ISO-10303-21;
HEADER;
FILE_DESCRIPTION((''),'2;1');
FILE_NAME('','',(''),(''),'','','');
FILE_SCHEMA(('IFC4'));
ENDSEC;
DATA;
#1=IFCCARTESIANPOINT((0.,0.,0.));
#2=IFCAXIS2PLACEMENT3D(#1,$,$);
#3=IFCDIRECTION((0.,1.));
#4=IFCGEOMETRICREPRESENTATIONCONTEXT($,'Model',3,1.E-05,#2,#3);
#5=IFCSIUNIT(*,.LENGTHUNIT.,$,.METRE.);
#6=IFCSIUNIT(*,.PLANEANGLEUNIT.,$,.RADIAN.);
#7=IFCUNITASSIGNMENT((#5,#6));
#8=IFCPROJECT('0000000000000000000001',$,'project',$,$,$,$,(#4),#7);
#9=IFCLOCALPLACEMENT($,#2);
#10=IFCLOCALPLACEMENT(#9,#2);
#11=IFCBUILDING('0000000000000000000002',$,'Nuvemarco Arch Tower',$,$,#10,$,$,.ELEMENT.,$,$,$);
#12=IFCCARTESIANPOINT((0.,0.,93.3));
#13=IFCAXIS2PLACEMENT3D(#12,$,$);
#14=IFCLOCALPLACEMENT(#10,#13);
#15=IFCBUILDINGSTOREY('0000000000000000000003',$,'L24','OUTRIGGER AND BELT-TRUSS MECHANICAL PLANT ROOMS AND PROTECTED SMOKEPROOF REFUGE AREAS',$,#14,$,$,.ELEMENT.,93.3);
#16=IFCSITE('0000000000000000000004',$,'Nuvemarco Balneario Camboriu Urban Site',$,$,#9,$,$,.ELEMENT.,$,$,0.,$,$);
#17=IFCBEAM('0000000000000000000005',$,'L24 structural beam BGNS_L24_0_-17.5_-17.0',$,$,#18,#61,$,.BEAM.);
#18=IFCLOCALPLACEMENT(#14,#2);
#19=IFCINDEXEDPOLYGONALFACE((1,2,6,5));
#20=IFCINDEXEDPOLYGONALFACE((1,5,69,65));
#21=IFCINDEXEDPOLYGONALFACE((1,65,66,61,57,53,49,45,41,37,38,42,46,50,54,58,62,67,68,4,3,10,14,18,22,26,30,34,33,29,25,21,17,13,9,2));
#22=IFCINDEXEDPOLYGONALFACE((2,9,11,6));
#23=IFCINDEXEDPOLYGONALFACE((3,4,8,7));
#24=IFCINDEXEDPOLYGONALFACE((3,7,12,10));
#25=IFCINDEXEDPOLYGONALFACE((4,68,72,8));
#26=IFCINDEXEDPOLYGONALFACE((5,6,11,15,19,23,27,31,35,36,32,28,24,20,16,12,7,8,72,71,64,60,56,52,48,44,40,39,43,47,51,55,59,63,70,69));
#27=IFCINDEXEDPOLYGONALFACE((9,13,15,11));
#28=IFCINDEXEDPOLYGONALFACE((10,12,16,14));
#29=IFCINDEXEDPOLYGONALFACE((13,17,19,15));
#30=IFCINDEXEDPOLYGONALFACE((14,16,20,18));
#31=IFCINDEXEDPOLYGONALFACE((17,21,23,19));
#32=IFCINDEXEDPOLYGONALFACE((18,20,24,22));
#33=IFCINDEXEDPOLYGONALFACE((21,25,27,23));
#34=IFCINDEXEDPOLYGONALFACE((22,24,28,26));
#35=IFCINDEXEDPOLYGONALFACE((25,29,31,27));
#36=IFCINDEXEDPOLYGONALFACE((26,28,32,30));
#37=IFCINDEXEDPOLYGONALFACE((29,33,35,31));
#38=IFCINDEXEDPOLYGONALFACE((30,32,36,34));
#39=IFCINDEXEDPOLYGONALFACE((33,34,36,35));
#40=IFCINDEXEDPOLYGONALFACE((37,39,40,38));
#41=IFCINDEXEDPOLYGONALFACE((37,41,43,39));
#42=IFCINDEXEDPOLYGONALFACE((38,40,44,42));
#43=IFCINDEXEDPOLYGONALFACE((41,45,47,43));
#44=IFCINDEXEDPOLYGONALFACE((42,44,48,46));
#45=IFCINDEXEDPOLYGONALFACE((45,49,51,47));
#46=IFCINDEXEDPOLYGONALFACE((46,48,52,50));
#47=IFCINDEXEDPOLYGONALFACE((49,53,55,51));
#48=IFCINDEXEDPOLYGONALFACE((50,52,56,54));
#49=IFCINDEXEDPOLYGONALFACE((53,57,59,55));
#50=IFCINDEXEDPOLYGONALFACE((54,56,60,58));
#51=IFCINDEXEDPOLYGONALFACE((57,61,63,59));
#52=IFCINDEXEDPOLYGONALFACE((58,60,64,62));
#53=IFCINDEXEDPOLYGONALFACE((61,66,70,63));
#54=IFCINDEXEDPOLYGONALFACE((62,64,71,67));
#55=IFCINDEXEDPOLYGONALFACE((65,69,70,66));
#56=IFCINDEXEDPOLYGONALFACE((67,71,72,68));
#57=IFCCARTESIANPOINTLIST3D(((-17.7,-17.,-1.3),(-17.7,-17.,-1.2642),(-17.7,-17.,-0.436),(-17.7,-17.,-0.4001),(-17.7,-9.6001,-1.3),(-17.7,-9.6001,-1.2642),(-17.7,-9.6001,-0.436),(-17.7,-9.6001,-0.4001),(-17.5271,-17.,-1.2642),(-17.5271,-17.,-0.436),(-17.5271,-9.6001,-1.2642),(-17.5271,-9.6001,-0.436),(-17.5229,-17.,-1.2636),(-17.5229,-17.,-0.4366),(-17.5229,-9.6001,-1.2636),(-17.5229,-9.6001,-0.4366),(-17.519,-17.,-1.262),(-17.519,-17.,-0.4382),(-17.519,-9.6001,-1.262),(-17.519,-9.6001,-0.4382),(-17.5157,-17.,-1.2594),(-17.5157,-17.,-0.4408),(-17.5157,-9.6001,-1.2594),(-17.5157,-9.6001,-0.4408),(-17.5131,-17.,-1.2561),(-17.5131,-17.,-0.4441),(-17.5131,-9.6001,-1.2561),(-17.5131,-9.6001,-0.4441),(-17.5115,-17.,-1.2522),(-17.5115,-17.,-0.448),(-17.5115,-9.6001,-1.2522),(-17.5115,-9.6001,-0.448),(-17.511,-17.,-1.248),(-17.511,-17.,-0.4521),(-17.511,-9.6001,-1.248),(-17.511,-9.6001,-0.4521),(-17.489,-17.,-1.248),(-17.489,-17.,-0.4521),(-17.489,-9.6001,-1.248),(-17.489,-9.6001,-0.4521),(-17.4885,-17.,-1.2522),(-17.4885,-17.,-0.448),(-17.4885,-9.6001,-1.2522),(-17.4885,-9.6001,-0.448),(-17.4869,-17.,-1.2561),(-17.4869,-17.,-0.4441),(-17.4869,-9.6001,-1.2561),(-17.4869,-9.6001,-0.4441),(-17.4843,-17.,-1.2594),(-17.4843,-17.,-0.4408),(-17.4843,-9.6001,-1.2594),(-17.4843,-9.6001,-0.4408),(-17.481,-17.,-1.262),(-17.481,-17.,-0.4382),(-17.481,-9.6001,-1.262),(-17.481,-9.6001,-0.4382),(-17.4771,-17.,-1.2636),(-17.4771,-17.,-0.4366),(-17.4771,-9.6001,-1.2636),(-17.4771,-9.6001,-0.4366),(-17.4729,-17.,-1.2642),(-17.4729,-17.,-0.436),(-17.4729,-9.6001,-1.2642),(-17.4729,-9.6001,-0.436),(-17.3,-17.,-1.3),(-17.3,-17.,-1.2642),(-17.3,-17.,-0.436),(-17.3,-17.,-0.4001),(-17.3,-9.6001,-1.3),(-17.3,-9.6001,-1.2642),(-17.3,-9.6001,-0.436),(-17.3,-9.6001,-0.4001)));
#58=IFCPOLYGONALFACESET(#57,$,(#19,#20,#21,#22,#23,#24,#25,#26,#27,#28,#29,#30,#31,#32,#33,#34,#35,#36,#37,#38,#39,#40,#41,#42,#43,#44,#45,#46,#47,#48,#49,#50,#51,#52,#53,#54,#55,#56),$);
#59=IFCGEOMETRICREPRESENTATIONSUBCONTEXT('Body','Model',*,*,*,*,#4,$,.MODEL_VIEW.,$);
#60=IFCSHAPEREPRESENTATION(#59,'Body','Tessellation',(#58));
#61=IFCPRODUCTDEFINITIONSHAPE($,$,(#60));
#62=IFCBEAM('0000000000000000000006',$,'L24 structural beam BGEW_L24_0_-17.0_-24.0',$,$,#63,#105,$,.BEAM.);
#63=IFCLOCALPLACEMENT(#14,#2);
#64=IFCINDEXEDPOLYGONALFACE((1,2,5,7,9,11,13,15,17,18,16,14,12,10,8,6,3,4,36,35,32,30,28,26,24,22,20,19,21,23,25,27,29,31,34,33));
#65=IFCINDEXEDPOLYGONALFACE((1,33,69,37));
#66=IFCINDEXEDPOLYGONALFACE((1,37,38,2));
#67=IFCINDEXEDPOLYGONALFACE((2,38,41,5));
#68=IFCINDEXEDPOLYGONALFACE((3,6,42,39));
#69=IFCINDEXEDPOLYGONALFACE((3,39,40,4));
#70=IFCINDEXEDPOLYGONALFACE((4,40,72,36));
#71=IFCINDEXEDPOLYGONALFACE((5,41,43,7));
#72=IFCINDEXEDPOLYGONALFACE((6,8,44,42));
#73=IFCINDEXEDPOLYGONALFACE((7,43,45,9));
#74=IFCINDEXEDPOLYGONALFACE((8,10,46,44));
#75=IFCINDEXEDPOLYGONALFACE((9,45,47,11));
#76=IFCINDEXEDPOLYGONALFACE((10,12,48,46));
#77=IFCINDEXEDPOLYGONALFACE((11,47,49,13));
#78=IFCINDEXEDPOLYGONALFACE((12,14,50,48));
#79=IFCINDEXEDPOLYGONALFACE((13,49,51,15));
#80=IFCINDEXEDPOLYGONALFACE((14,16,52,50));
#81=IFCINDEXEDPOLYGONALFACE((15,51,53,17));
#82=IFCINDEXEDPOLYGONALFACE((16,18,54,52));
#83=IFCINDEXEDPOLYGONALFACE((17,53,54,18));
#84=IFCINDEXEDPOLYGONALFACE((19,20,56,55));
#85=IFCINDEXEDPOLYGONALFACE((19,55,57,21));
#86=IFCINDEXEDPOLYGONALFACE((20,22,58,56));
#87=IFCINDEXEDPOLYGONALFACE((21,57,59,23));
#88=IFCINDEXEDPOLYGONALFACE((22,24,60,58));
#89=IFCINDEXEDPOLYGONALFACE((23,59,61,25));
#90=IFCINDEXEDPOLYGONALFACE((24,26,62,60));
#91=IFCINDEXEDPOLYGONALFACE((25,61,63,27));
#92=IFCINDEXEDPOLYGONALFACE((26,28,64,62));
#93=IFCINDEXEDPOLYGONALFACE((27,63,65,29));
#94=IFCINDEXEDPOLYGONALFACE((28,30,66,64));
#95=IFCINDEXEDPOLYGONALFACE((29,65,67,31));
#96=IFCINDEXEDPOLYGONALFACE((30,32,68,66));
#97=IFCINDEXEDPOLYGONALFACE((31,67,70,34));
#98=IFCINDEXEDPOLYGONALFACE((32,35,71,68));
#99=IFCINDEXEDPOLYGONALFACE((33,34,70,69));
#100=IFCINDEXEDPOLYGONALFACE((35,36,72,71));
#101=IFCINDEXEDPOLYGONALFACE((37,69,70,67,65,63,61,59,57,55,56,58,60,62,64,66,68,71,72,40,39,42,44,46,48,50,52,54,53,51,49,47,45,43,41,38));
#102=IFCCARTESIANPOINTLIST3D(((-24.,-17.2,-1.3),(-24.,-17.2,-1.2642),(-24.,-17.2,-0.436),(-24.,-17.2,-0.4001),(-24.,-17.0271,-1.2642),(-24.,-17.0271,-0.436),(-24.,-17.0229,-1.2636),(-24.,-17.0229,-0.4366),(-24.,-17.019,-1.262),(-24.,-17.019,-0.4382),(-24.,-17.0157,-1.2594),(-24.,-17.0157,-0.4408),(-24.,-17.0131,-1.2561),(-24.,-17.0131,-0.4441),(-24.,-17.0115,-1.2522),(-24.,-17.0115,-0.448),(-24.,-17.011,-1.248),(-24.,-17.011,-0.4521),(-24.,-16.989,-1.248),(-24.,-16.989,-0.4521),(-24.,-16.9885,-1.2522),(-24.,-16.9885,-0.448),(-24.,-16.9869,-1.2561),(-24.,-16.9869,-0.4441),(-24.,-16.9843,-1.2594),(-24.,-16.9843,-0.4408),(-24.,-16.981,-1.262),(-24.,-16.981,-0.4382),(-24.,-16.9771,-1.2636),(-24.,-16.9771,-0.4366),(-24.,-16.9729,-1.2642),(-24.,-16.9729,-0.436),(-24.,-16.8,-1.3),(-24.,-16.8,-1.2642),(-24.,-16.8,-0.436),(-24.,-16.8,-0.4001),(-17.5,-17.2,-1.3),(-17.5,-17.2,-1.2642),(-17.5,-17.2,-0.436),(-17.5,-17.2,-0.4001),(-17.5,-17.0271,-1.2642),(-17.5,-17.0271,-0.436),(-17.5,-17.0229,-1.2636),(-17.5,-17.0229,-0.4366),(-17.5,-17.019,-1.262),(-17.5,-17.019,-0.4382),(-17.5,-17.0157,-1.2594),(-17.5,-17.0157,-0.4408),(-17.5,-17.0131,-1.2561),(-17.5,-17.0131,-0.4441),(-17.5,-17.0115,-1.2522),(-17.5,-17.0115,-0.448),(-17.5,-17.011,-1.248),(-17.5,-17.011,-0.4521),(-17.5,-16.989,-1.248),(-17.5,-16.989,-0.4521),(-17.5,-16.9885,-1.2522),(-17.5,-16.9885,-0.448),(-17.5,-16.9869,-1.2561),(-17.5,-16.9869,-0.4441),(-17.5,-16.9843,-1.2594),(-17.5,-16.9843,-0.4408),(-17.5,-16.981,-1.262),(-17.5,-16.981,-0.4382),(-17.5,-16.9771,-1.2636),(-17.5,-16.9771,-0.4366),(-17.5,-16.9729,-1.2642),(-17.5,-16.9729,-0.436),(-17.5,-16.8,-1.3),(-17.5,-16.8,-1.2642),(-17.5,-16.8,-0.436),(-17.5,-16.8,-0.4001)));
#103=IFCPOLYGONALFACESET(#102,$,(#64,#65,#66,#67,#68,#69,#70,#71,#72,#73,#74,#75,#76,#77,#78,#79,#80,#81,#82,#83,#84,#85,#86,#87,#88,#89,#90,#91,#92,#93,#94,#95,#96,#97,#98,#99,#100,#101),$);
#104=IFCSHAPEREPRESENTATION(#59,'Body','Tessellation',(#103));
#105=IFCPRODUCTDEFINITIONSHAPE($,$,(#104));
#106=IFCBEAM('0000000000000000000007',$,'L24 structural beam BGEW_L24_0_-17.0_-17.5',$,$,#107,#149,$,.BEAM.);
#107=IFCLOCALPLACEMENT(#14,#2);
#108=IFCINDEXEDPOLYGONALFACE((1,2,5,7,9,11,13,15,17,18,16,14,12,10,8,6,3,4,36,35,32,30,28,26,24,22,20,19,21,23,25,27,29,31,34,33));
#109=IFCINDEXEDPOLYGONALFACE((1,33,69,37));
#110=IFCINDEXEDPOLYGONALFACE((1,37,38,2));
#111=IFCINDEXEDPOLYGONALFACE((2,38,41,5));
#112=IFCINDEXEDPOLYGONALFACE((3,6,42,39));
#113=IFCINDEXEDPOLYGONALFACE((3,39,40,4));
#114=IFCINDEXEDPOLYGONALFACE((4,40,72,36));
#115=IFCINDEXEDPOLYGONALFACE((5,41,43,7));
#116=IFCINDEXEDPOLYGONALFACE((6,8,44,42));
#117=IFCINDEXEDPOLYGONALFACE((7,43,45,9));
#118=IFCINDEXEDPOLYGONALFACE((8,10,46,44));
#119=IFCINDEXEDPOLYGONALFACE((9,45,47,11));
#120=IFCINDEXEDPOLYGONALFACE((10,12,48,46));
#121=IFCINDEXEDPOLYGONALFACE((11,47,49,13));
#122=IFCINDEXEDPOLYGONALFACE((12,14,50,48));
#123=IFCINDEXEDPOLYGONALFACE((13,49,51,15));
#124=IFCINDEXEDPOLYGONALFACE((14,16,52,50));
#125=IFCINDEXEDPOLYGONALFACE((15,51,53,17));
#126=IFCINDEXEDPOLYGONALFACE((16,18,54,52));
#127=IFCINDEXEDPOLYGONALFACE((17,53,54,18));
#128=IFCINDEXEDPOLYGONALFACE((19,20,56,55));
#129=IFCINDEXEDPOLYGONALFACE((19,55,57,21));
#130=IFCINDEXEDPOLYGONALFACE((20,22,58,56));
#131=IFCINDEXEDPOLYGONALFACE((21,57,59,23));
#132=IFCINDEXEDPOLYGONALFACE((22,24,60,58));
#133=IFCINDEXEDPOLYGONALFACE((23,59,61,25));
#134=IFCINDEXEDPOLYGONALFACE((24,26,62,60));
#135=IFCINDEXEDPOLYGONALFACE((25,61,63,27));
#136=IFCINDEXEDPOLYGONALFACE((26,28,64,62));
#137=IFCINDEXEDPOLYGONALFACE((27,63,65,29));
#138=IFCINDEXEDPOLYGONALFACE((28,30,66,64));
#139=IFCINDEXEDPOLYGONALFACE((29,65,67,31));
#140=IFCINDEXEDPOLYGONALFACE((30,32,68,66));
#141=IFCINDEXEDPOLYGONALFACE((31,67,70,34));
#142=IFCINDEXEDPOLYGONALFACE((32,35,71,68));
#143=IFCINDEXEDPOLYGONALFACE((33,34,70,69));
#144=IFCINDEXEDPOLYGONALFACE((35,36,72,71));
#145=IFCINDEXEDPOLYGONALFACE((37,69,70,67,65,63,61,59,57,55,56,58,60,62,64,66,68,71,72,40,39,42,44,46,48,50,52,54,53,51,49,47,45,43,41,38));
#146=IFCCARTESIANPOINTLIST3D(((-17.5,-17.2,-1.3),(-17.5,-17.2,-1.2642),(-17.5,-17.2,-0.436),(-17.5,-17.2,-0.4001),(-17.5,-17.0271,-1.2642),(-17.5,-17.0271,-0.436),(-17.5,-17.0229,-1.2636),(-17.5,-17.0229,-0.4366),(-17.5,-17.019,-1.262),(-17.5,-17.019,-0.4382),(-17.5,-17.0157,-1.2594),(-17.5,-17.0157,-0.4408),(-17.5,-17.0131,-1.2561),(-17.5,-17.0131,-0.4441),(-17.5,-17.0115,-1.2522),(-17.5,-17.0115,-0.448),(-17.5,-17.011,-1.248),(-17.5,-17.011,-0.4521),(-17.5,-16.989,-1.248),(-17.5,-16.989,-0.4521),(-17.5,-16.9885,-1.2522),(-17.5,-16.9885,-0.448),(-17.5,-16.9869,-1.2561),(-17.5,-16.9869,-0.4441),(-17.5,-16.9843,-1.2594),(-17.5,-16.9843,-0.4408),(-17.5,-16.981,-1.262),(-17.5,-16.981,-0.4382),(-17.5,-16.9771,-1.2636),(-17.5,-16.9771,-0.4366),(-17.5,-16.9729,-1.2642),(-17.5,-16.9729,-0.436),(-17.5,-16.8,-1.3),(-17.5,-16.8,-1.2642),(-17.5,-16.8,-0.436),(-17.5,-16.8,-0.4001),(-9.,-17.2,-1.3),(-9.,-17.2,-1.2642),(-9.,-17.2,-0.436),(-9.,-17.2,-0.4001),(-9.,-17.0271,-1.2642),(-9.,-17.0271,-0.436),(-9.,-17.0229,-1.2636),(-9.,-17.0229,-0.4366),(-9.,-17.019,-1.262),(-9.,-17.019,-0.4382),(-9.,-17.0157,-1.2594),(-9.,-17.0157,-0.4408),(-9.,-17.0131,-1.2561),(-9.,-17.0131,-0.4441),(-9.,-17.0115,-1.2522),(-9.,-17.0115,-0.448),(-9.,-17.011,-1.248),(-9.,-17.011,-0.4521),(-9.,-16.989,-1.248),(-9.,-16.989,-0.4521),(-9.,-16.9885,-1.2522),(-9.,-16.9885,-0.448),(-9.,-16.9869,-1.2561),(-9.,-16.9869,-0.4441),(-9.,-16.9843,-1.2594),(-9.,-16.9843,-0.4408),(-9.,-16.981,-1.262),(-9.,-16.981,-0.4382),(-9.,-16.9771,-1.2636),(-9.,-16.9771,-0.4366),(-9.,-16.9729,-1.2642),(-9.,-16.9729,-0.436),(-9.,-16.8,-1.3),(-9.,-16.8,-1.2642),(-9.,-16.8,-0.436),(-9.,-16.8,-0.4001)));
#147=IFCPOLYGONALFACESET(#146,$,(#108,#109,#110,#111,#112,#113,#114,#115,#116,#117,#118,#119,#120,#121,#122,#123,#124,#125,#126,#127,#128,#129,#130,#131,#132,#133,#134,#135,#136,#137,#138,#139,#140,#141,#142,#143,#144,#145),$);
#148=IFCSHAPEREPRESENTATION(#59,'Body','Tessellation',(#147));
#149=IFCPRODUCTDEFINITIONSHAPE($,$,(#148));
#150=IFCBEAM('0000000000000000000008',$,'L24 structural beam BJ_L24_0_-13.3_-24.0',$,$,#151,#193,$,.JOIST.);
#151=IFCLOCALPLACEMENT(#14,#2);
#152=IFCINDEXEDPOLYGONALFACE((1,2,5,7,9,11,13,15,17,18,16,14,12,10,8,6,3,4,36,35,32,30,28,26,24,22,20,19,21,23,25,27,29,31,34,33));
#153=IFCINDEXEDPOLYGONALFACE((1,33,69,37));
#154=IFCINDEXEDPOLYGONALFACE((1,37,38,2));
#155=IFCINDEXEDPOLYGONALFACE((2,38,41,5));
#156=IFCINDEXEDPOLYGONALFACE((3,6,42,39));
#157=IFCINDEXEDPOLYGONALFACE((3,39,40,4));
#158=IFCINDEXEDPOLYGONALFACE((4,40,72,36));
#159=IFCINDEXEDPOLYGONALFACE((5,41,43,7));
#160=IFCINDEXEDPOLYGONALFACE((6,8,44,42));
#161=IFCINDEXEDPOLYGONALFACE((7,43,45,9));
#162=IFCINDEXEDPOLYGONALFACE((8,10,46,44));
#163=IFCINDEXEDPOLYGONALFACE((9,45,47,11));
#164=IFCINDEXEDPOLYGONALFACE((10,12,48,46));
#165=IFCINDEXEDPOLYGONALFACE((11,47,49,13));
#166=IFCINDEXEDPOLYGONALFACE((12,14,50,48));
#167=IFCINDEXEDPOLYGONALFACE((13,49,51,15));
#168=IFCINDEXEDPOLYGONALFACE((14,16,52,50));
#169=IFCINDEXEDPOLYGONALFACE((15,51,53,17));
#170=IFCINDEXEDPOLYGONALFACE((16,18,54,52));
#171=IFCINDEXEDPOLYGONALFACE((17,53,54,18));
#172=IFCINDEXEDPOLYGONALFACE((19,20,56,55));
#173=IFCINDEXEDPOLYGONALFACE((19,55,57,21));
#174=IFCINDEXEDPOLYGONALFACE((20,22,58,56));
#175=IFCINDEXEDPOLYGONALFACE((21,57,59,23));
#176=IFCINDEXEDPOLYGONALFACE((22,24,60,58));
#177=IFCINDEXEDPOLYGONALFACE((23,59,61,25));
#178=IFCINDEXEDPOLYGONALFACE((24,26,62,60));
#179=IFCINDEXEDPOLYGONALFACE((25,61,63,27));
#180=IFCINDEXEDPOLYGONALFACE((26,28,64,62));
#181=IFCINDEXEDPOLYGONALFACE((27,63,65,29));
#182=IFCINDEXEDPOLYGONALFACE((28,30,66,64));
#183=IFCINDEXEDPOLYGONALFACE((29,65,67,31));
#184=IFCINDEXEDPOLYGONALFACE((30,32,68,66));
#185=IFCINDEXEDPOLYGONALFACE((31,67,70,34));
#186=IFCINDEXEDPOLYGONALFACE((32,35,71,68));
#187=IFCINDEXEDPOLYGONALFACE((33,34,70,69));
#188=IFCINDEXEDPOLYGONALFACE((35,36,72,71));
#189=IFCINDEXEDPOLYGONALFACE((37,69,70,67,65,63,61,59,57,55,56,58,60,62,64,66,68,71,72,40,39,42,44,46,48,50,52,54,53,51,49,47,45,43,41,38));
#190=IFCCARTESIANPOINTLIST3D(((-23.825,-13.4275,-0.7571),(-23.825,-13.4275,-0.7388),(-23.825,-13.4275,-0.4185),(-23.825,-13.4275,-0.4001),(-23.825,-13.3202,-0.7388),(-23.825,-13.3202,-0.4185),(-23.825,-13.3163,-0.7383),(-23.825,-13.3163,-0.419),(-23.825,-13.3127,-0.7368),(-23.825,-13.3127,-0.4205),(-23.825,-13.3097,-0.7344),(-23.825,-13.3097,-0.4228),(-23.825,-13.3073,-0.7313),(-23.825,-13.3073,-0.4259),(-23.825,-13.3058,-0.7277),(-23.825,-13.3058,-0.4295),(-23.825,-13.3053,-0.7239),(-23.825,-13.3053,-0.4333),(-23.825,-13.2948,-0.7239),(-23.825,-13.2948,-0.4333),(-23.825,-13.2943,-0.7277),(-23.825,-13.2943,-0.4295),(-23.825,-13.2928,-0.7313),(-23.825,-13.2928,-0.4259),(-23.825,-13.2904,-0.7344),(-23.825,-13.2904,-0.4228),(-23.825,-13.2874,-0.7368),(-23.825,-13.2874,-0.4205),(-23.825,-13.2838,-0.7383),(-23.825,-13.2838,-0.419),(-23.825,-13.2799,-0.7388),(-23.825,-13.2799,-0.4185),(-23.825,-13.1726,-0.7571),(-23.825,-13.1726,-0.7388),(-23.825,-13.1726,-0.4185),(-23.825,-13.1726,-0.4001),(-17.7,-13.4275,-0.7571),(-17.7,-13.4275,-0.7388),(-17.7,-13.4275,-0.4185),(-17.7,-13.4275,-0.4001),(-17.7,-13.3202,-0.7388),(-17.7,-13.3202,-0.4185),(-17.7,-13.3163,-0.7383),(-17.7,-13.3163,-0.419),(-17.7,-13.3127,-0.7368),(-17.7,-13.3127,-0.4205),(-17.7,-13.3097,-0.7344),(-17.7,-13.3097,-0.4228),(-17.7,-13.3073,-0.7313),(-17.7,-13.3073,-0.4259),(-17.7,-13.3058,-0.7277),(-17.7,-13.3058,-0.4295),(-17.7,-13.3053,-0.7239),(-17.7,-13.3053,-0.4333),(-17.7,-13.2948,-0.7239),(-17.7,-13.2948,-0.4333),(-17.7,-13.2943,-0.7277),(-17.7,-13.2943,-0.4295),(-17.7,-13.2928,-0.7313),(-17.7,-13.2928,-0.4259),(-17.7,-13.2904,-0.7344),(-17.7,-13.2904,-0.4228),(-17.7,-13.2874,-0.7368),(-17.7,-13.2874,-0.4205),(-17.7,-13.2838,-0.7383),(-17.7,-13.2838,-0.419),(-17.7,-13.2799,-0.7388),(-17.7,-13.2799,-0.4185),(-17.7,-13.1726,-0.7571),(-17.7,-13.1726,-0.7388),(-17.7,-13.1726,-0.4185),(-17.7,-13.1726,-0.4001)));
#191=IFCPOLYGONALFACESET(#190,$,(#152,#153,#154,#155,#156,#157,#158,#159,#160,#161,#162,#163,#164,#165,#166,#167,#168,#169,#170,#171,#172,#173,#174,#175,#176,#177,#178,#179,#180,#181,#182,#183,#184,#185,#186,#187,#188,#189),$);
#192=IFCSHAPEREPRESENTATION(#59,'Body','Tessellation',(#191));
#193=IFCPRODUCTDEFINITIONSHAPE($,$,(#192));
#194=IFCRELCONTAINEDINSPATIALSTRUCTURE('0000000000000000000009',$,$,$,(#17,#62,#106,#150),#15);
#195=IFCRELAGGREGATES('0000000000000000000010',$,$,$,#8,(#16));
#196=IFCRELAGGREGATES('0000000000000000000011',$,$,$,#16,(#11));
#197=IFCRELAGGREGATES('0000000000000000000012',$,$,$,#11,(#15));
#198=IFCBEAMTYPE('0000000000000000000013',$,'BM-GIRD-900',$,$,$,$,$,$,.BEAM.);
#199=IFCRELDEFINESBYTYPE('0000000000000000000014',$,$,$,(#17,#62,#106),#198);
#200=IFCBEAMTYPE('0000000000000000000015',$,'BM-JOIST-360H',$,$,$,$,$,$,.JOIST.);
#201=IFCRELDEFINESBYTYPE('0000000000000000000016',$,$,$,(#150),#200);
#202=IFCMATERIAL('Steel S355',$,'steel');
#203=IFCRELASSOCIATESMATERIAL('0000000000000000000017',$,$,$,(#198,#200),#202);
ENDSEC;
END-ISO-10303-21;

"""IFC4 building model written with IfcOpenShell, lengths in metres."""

from ifc_helpers import new_model, si_unit, direction, frame, origin, origin_2d, place, context, subcontext, project, spatial, i_section, extrude, material, material_profile, profile_set, type_object, element, save


model = new_model("IFC4")

# Units and contexts
model_context = context("Model", 3, precision=1e-05, world=origin(), true_north=direction((0.0, 1.0)))
body_context = subcontext(model_context, "Body", "Model", "MODEL_VIEW")
ifc_project = project(units=[si_unit("LENGTHUNIT", "METRE"), si_unit("PLANEANGLEUNIT", "RADIAN")], contexts=[model_context])

# Site, building, storey
site_placement = place(None, origin())
site = spatial("IfcSite", under=ifc_project, at=site_placement, Name="Nuvemarco Balneario Camboriu Urban Site", CompositionType="ELEMENT", RefElevation=0.0)
building_placement = place(site_placement, origin())
building = spatial("IfcBuilding", under=site, at=building_placement, Name="Nuvemarco Arch Tower", CompositionType="ELEMENT")
storey_placement = place(building_placement, frame((0.0, 0.0, 93.3)))
storey = spatial("IfcBuildingStorey", under=building, at=storey_placement, Name="L24", Description="OUTRIGGER AND BELT-TRUSS MECHANICAL PLANT ROOMS AND PROTECTED SMOKEPROOF REFUGE AREAS", CompositionType="ELEMENT", Elevation=93.3)

# Shared definitions
ifc_material_1 = material(Name="Steel S355", Category="steel")

# Beams
ifc_material_profile_1 = material_profile(ifc_material_1, i_section(OverallWidth=0.3999, OverallDepth=0.8999, WebThickness=0.022, FlangeThickness=0.0359, FilletRadius=0.0161, at=origin_2d()), Name="PG900x400")
ifc_profile_set_1 = profile_set([ifc_material_profile_1], Name="Steel S355")
beam_type_1 = type_object("IfcBeamType", Name="BM-GIRD-900", PredefinedType="BEAM", material=ifc_profile_set_1)
beam_1_placement = place(storey_placement, frame((-17.5, -17.0, -0.8501), z_axis=(0.0, 1.0, 0.0), x_axis=(-1.0, 0.0, 0.0)))
element("IfcBeam", 1, at=beam_1_placement, inside=storey, type_object=beam_type_1, Name="L24 structural beam BGNS_L24_0_-17.5_-17.0", PredefinedType="BEAM", context=body_context, shape_type="SweptSolid", body=[
    extrude(i_section(OverallWidth=0.3999, OverallDepth=0.8999, WebThickness=0.022, FlangeThickness=0.0359, FilletRadius=0.0161, at=origin_2d()), origin(), (0.0, 0.0, 1.0), 7.3999),
])
beam_2_placement = place(storey_placement, frame((-24.0, -17.0, -0.8501), z_axis=(1.0, 0.0, 0.0), x_axis=(0.0, 1.0, 0.0)))
element("IfcBeam", 2, at=beam_2_placement, inside=storey, type_object=beam_type_1, Name="L24 structural beam BGEW_L24_0_-17.0_-24.0", PredefinedType="BEAM", context=body_context, shape_type="SweptSolid", body=[
    extrude(i_section(OverallWidth=0.3999, OverallDepth=0.8999, WebThickness=0.022, FlangeThickness=0.0359, FilletRadius=0.0161, at=origin_2d()), origin(), (0.0, 0.0, 1.0), 6.5),
])
beam_3_placement = place(storey_placement, frame((-17.5, -17.0, -0.8501), z_axis=(1.0, 0.0, 0.0), x_axis=(0.0, 1.0, 0.0)))
element("IfcBeam", 3, at=beam_3_placement, inside=storey, type_object=beam_type_1, Name="L24 structural beam BGEW_L24_0_-17.0_-17.5", PredefinedType="BEAM", context=body_context, shape_type="SweptSolid", body=[
    extrude(i_section(OverallWidth=0.3999, OverallDepth=0.8999, WebThickness=0.022, FlangeThickness=0.0359, FilletRadius=0.0161, at=origin_2d()), origin(), (0.0, 0.0, 1.0), 8.5),
])
ifc_material_profile_2 = material_profile(ifc_material_1, i_section(OverallWidth=0.2549, OverallDepth=0.3569, WebThickness=0.0105, FlangeThickness=0.0183, FilletRadius=0.0149, at=origin_2d()), Name="W360x101")
ifc_profile_set_2 = profile_set([ifc_material_profile_2], Name="Steel S355")
beam_type_2 = type_object("IfcBeamType", Name="BM-JOIST-360H", PredefinedType="JOIST", material=ifc_profile_set_2)
beam_4_placement = place(storey_placement, frame((-23.825, -13.3, -0.5786), z_axis=(1.0, 0.0, 0.0), x_axis=(0.0, 1.0, 0.0)))
element("IfcBeam", 4, at=beam_4_placement, inside=storey, type_object=beam_type_2, Name="L24 structural beam BJ_L24_0_-13.3_-24.0", PredefinedType="JOIST", context=body_context, shape_type="SweptSolid", body=[
    extrude(i_section(OverallWidth=0.2549, OverallDepth=0.3569, WebThickness=0.0105, FlangeThickness=0.0183, FilletRadius=0.0149, at=origin_2d()), origin(), (0.0, 0.0, 1.0), 6.125),
])

save(model, "model.ifc")
